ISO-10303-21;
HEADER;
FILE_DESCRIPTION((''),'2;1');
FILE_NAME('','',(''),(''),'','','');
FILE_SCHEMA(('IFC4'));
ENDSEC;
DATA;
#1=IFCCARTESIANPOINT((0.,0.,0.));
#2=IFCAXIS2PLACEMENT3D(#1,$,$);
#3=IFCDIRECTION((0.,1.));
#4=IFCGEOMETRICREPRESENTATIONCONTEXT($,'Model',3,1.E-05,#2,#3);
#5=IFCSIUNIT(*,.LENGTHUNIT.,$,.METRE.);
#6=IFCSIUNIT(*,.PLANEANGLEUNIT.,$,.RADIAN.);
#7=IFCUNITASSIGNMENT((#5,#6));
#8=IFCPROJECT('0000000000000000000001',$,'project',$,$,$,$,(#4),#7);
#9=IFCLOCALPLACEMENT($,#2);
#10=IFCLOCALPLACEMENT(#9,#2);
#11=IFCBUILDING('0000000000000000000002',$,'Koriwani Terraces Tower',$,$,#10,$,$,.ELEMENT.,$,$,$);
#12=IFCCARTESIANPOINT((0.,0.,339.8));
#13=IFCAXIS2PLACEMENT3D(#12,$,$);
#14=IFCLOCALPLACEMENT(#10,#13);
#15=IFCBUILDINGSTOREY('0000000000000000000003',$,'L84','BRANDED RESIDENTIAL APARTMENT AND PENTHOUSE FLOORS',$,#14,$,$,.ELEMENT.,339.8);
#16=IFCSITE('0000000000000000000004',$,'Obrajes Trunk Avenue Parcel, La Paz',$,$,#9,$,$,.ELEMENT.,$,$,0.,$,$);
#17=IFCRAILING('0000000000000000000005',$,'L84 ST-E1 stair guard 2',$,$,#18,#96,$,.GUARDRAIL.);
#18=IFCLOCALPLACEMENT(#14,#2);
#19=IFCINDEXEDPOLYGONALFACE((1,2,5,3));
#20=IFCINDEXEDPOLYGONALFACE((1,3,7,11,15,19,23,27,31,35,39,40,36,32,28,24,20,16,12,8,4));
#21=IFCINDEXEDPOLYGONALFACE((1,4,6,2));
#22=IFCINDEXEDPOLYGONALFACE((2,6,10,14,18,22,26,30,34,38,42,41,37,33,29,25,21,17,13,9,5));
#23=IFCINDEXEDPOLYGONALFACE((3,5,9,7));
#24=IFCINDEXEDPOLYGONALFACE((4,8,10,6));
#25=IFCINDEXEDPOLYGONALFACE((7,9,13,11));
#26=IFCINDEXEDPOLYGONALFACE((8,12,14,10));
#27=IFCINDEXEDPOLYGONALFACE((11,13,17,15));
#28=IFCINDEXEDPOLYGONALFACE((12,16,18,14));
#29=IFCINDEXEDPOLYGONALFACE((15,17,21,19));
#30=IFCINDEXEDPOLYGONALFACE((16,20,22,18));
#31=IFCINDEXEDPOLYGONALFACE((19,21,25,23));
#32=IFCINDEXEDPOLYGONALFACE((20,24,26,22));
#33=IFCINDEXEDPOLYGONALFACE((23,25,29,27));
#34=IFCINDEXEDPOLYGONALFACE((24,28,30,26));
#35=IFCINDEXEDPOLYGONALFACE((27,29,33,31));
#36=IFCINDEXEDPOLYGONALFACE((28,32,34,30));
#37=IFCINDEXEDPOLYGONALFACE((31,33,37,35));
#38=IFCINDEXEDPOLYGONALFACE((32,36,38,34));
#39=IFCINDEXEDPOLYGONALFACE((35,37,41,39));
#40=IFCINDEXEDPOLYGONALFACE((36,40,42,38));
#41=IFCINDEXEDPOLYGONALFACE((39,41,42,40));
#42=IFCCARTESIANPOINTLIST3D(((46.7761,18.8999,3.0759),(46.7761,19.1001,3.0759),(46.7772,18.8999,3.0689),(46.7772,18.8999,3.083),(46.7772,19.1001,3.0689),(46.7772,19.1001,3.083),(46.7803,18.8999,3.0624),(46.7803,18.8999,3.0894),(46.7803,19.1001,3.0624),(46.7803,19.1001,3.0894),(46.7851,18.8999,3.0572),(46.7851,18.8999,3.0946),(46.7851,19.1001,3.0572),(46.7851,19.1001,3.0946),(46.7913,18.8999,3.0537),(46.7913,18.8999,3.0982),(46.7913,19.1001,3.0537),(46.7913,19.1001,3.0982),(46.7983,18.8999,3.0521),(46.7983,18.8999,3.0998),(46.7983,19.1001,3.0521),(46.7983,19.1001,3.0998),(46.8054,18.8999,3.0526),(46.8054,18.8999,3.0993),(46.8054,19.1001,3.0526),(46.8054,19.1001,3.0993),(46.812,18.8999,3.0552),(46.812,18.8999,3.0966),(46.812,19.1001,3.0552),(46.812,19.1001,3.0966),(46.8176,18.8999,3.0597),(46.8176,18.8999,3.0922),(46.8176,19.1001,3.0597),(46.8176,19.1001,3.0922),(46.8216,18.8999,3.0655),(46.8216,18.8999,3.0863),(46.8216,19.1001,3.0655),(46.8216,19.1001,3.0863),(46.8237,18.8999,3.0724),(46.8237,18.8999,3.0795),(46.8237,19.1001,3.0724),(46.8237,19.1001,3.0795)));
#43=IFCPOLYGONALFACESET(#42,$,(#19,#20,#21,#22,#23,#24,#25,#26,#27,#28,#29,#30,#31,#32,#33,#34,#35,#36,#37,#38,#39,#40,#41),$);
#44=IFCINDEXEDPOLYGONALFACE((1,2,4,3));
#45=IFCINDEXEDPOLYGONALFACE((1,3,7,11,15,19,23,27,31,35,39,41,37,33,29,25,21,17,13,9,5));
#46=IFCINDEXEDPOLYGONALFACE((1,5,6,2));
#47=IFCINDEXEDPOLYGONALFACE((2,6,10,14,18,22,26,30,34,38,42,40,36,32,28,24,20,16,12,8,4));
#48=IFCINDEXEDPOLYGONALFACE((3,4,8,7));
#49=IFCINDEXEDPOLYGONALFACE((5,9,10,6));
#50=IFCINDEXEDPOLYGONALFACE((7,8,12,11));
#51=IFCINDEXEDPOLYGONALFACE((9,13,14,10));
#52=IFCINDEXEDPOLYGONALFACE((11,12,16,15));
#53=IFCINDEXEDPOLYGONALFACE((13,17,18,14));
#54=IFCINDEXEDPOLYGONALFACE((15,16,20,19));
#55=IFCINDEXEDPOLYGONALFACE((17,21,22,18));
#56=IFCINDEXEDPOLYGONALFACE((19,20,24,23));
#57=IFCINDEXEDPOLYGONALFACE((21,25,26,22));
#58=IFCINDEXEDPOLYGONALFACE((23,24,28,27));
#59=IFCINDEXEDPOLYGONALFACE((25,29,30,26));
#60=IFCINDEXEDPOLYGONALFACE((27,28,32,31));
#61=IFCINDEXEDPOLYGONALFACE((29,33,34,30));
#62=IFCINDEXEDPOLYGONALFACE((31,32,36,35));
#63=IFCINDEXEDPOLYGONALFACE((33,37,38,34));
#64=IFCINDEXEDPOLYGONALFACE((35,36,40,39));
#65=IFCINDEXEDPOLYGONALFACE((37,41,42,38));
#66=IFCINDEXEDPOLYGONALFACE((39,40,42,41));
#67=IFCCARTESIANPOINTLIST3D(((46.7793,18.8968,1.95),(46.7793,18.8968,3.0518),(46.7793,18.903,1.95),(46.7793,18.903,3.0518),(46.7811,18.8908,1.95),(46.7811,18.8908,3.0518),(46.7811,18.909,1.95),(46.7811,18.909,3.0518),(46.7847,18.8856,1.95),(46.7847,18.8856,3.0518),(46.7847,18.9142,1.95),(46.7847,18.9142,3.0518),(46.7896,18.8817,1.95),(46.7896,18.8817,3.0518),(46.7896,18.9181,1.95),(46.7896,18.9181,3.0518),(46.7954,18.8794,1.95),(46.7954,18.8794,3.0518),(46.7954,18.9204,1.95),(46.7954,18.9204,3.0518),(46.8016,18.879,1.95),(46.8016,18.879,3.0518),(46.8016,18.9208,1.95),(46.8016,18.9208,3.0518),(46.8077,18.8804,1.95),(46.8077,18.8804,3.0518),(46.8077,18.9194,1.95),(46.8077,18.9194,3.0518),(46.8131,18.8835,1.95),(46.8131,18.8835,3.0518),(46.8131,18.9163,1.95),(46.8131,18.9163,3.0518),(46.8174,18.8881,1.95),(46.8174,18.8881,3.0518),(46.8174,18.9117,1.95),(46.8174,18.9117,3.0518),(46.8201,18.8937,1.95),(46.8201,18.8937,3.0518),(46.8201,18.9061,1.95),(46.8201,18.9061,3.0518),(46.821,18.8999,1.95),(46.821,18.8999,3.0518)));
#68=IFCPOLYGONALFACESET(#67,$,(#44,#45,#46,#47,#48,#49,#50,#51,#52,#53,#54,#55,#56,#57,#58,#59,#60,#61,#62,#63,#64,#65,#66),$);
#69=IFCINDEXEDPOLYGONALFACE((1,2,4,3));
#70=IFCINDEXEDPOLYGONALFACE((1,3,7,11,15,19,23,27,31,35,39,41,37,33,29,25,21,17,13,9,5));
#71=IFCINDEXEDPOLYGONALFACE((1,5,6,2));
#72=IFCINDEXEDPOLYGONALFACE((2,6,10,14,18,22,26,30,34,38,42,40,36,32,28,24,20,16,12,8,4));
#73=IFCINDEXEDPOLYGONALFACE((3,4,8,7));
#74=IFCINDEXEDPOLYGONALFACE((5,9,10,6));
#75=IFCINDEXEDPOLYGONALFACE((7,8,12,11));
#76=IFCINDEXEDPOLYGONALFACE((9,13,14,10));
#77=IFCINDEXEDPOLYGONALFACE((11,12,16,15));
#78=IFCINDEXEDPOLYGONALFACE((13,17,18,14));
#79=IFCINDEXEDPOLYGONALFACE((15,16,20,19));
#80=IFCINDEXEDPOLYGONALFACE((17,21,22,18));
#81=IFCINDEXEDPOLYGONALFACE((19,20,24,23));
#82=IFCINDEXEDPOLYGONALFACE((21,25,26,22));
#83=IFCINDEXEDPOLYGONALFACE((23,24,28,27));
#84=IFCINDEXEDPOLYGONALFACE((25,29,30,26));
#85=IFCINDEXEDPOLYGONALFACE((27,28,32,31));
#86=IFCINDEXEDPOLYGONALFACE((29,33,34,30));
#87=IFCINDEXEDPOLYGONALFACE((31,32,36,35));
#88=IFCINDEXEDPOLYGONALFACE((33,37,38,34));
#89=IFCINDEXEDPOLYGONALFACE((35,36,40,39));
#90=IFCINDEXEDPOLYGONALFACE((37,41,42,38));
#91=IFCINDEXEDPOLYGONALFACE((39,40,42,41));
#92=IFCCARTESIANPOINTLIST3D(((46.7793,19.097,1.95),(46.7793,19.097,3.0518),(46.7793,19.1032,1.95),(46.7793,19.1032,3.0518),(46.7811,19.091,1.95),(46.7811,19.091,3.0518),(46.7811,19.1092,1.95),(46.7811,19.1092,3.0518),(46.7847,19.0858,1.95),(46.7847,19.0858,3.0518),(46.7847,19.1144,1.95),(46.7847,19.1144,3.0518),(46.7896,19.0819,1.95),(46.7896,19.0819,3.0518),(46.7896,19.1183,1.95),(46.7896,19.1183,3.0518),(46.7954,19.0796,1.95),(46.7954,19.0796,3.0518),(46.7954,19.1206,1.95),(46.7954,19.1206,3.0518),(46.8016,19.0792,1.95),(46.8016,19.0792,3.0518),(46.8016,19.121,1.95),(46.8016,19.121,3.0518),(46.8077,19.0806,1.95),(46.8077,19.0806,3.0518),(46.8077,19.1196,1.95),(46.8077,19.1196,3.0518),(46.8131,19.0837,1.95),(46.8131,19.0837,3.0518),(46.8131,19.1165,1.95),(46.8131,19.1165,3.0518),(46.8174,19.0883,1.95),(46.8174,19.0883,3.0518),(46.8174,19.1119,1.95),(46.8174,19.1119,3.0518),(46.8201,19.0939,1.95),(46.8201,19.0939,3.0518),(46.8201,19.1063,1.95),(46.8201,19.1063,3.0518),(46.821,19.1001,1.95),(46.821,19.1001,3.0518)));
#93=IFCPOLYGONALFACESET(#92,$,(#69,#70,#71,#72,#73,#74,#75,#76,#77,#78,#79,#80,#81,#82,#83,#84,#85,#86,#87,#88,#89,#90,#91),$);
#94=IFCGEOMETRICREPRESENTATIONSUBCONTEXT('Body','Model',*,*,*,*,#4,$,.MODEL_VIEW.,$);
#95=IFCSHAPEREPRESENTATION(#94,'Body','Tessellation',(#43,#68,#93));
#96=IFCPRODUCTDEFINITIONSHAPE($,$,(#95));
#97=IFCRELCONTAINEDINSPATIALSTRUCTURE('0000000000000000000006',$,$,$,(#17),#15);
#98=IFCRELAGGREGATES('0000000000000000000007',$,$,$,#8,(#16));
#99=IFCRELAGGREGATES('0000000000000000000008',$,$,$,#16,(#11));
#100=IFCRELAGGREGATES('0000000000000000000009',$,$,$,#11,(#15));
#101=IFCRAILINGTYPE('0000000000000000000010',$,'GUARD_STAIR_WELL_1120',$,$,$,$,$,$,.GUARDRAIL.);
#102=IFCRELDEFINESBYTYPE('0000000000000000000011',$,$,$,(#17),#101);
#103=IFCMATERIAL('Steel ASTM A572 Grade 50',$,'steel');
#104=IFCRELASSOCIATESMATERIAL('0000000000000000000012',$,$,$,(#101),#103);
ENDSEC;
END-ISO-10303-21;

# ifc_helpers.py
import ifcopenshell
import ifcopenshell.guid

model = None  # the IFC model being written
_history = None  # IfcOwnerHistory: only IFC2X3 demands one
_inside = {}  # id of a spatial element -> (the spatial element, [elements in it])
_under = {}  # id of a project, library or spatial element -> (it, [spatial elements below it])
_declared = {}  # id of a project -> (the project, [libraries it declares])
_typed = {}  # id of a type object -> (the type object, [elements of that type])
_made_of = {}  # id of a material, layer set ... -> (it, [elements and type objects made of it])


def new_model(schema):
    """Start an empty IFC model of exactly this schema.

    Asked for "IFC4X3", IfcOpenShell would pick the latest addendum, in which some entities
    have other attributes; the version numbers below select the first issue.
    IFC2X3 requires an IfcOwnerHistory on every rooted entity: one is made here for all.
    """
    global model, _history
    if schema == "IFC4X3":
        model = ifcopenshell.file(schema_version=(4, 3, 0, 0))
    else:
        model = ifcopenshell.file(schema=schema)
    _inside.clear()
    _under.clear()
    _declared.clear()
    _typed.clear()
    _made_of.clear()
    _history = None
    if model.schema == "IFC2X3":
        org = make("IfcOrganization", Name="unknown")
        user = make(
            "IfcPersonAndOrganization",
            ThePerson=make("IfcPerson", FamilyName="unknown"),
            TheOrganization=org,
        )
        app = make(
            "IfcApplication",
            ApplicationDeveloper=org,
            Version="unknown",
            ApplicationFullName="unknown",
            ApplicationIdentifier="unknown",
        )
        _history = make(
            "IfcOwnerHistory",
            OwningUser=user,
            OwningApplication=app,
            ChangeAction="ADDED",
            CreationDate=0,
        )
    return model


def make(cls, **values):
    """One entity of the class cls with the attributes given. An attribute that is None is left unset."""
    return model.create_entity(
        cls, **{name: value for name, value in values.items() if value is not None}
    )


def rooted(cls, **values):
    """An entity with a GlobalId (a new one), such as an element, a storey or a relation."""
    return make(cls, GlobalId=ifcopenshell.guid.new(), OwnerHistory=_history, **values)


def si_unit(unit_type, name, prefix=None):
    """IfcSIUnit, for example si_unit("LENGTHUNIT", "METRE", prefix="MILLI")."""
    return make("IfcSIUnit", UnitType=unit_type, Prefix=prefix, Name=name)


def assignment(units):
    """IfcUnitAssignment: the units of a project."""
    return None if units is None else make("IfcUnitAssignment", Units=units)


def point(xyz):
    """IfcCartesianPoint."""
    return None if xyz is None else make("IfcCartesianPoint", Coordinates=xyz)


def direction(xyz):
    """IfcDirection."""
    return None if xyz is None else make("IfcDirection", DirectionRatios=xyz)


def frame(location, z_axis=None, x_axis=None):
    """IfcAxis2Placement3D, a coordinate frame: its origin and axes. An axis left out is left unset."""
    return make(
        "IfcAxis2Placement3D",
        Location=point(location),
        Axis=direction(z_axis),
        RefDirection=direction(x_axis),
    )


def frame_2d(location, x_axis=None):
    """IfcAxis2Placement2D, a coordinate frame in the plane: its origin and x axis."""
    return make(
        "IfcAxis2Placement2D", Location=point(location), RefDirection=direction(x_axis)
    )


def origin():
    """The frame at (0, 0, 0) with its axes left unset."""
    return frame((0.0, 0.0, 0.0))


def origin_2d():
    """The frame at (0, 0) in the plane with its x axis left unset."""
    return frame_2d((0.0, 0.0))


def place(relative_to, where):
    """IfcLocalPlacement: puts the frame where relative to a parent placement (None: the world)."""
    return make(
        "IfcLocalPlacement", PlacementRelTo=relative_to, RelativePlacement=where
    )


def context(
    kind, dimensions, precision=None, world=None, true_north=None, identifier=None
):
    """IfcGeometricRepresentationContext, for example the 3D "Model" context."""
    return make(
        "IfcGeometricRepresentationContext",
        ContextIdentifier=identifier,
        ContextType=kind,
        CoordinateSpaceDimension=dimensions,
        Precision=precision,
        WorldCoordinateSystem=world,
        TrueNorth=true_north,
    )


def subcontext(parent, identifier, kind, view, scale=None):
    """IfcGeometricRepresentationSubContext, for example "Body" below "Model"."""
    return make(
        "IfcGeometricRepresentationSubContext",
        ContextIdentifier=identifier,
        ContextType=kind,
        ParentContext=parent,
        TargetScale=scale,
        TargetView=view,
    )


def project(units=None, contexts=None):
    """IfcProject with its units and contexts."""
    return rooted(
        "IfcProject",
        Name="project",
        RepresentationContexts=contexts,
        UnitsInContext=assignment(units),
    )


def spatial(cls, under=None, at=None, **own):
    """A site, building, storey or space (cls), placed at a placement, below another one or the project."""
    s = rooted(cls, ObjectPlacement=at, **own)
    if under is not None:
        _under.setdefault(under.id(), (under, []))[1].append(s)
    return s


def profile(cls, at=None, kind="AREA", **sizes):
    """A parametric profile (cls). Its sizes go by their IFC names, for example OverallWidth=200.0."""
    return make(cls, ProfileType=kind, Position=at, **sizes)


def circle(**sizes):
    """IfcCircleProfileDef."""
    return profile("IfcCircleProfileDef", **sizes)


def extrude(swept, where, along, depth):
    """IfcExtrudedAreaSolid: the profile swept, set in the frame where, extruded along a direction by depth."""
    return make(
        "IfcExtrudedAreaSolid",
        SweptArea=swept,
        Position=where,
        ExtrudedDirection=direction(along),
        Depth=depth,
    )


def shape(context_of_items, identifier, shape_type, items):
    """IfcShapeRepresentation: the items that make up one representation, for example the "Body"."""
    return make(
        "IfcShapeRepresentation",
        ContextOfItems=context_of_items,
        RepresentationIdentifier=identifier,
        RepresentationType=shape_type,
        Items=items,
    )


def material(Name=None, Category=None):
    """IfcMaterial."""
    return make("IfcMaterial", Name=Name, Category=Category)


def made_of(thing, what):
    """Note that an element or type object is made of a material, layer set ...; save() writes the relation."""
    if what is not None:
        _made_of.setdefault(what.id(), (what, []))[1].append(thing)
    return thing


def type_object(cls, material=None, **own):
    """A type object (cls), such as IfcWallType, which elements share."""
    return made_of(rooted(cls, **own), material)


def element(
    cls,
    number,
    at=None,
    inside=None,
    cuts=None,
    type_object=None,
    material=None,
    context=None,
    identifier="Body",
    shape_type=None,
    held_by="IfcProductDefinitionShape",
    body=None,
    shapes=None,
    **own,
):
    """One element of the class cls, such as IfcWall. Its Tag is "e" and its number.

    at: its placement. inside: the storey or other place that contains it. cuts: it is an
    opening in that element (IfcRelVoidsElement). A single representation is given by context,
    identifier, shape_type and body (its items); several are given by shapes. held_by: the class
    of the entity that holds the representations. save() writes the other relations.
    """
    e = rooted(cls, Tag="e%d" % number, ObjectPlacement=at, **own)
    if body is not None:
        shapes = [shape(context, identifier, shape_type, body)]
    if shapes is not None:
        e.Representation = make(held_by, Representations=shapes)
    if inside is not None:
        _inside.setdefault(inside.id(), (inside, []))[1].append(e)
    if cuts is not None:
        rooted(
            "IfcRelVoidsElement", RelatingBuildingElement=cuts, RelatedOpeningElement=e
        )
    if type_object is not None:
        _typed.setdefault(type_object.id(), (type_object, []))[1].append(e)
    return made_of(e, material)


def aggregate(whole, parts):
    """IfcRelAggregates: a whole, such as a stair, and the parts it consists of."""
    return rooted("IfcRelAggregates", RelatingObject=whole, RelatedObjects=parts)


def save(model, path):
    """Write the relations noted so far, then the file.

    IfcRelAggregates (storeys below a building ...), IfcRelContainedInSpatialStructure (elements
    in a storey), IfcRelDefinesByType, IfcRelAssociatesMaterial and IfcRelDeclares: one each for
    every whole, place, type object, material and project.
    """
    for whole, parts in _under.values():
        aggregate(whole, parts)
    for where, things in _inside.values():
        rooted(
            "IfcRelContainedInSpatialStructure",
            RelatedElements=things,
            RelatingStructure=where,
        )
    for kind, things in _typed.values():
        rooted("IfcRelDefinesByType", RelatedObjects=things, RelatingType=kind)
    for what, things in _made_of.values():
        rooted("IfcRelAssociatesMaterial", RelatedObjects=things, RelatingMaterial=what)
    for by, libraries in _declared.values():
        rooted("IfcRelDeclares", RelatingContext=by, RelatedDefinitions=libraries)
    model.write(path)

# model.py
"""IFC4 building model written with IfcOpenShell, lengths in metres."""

from ifc_helpers import new_model, si_unit, direction, frame, origin, origin_2d, place, context, subcontext, project, spatial, circle, extrude, material, type_object, element, save


model = new_model("IFC4")

# Units and contexts
model_context = context("Model", 3, precision=1e-05, world=origin(), true_north=direction((0.0, 1.0)))
body_context = subcontext(model_context, "Body", "Model", "MODEL_VIEW")
ifc_project = project(units=[si_unit("LENGTHUNIT", "METRE"), si_unit("PLANEANGLEUNIT", "RADIAN")], contexts=[model_context])

# Site, building, storey
site_placement = place(None, origin())
site = spatial("IfcSite", under=ifc_project, at=site_placement, Name="Obrajes Trunk Avenue Parcel, La Paz", CompositionType="ELEMENT", RefElevation=0.0)
building_placement = place(site_placement, origin())
building = spatial("IfcBuilding", under=site, at=building_placement, Name="Koriwani Terraces Tower", CompositionType="ELEMENT")
storey_placement = place(building_placement, frame((0.0, 0.0, 339.8)))
storey = spatial("IfcBuildingStorey", under=building, at=storey_placement, Name="L84", Description="BRANDED RESIDENTIAL APARTMENT AND PENTHOUSE FLOORS", CompositionType="ELEMENT", Elevation=339.8)

# Shared definitions
ifc_material_1 = material(Name="Steel ASTM A572 Grade 50", Category="steel")

# Railing
railing_type_1 = type_object("IfcRailingType", Name="GUARD_STAIR_WELL_1120", PredefinedType="GUARDRAIL", material=ifc_material_1)
railing_1_placement = place(storey_placement, frame((46.8, 18.8999, 1.95)))
element("IfcRailing", 1, at=railing_1_placement, inside=storey, type_object=railing_type_1, Name="L84 ST-E1 stair guard 2", PredefinedType="GUARDRAIL", context=body_context, shape_type="SweptSolid", body=[
    extrude(circle(Radius=0.0239, at=origin_2d()), frame((0.0, 0.0, 1.126), z_axis=(0.0, 1.0, 0.0), x_axis=(-1.0, 0.0, 0.0)), (0.0, 0.0, 1.0), 0.2002),
    extrude(circle(Radius=0.021, at=origin_2d()), origin(), (0.0, 0.0, 1.0), 1.1018),
    extrude(circle(Radius=0.021, at=origin_2d()), frame((0.0, 0.2002, 0.0)), (0.0, 0.0, 1.0), 1.1018),
])

save(model, "model.ifc")
